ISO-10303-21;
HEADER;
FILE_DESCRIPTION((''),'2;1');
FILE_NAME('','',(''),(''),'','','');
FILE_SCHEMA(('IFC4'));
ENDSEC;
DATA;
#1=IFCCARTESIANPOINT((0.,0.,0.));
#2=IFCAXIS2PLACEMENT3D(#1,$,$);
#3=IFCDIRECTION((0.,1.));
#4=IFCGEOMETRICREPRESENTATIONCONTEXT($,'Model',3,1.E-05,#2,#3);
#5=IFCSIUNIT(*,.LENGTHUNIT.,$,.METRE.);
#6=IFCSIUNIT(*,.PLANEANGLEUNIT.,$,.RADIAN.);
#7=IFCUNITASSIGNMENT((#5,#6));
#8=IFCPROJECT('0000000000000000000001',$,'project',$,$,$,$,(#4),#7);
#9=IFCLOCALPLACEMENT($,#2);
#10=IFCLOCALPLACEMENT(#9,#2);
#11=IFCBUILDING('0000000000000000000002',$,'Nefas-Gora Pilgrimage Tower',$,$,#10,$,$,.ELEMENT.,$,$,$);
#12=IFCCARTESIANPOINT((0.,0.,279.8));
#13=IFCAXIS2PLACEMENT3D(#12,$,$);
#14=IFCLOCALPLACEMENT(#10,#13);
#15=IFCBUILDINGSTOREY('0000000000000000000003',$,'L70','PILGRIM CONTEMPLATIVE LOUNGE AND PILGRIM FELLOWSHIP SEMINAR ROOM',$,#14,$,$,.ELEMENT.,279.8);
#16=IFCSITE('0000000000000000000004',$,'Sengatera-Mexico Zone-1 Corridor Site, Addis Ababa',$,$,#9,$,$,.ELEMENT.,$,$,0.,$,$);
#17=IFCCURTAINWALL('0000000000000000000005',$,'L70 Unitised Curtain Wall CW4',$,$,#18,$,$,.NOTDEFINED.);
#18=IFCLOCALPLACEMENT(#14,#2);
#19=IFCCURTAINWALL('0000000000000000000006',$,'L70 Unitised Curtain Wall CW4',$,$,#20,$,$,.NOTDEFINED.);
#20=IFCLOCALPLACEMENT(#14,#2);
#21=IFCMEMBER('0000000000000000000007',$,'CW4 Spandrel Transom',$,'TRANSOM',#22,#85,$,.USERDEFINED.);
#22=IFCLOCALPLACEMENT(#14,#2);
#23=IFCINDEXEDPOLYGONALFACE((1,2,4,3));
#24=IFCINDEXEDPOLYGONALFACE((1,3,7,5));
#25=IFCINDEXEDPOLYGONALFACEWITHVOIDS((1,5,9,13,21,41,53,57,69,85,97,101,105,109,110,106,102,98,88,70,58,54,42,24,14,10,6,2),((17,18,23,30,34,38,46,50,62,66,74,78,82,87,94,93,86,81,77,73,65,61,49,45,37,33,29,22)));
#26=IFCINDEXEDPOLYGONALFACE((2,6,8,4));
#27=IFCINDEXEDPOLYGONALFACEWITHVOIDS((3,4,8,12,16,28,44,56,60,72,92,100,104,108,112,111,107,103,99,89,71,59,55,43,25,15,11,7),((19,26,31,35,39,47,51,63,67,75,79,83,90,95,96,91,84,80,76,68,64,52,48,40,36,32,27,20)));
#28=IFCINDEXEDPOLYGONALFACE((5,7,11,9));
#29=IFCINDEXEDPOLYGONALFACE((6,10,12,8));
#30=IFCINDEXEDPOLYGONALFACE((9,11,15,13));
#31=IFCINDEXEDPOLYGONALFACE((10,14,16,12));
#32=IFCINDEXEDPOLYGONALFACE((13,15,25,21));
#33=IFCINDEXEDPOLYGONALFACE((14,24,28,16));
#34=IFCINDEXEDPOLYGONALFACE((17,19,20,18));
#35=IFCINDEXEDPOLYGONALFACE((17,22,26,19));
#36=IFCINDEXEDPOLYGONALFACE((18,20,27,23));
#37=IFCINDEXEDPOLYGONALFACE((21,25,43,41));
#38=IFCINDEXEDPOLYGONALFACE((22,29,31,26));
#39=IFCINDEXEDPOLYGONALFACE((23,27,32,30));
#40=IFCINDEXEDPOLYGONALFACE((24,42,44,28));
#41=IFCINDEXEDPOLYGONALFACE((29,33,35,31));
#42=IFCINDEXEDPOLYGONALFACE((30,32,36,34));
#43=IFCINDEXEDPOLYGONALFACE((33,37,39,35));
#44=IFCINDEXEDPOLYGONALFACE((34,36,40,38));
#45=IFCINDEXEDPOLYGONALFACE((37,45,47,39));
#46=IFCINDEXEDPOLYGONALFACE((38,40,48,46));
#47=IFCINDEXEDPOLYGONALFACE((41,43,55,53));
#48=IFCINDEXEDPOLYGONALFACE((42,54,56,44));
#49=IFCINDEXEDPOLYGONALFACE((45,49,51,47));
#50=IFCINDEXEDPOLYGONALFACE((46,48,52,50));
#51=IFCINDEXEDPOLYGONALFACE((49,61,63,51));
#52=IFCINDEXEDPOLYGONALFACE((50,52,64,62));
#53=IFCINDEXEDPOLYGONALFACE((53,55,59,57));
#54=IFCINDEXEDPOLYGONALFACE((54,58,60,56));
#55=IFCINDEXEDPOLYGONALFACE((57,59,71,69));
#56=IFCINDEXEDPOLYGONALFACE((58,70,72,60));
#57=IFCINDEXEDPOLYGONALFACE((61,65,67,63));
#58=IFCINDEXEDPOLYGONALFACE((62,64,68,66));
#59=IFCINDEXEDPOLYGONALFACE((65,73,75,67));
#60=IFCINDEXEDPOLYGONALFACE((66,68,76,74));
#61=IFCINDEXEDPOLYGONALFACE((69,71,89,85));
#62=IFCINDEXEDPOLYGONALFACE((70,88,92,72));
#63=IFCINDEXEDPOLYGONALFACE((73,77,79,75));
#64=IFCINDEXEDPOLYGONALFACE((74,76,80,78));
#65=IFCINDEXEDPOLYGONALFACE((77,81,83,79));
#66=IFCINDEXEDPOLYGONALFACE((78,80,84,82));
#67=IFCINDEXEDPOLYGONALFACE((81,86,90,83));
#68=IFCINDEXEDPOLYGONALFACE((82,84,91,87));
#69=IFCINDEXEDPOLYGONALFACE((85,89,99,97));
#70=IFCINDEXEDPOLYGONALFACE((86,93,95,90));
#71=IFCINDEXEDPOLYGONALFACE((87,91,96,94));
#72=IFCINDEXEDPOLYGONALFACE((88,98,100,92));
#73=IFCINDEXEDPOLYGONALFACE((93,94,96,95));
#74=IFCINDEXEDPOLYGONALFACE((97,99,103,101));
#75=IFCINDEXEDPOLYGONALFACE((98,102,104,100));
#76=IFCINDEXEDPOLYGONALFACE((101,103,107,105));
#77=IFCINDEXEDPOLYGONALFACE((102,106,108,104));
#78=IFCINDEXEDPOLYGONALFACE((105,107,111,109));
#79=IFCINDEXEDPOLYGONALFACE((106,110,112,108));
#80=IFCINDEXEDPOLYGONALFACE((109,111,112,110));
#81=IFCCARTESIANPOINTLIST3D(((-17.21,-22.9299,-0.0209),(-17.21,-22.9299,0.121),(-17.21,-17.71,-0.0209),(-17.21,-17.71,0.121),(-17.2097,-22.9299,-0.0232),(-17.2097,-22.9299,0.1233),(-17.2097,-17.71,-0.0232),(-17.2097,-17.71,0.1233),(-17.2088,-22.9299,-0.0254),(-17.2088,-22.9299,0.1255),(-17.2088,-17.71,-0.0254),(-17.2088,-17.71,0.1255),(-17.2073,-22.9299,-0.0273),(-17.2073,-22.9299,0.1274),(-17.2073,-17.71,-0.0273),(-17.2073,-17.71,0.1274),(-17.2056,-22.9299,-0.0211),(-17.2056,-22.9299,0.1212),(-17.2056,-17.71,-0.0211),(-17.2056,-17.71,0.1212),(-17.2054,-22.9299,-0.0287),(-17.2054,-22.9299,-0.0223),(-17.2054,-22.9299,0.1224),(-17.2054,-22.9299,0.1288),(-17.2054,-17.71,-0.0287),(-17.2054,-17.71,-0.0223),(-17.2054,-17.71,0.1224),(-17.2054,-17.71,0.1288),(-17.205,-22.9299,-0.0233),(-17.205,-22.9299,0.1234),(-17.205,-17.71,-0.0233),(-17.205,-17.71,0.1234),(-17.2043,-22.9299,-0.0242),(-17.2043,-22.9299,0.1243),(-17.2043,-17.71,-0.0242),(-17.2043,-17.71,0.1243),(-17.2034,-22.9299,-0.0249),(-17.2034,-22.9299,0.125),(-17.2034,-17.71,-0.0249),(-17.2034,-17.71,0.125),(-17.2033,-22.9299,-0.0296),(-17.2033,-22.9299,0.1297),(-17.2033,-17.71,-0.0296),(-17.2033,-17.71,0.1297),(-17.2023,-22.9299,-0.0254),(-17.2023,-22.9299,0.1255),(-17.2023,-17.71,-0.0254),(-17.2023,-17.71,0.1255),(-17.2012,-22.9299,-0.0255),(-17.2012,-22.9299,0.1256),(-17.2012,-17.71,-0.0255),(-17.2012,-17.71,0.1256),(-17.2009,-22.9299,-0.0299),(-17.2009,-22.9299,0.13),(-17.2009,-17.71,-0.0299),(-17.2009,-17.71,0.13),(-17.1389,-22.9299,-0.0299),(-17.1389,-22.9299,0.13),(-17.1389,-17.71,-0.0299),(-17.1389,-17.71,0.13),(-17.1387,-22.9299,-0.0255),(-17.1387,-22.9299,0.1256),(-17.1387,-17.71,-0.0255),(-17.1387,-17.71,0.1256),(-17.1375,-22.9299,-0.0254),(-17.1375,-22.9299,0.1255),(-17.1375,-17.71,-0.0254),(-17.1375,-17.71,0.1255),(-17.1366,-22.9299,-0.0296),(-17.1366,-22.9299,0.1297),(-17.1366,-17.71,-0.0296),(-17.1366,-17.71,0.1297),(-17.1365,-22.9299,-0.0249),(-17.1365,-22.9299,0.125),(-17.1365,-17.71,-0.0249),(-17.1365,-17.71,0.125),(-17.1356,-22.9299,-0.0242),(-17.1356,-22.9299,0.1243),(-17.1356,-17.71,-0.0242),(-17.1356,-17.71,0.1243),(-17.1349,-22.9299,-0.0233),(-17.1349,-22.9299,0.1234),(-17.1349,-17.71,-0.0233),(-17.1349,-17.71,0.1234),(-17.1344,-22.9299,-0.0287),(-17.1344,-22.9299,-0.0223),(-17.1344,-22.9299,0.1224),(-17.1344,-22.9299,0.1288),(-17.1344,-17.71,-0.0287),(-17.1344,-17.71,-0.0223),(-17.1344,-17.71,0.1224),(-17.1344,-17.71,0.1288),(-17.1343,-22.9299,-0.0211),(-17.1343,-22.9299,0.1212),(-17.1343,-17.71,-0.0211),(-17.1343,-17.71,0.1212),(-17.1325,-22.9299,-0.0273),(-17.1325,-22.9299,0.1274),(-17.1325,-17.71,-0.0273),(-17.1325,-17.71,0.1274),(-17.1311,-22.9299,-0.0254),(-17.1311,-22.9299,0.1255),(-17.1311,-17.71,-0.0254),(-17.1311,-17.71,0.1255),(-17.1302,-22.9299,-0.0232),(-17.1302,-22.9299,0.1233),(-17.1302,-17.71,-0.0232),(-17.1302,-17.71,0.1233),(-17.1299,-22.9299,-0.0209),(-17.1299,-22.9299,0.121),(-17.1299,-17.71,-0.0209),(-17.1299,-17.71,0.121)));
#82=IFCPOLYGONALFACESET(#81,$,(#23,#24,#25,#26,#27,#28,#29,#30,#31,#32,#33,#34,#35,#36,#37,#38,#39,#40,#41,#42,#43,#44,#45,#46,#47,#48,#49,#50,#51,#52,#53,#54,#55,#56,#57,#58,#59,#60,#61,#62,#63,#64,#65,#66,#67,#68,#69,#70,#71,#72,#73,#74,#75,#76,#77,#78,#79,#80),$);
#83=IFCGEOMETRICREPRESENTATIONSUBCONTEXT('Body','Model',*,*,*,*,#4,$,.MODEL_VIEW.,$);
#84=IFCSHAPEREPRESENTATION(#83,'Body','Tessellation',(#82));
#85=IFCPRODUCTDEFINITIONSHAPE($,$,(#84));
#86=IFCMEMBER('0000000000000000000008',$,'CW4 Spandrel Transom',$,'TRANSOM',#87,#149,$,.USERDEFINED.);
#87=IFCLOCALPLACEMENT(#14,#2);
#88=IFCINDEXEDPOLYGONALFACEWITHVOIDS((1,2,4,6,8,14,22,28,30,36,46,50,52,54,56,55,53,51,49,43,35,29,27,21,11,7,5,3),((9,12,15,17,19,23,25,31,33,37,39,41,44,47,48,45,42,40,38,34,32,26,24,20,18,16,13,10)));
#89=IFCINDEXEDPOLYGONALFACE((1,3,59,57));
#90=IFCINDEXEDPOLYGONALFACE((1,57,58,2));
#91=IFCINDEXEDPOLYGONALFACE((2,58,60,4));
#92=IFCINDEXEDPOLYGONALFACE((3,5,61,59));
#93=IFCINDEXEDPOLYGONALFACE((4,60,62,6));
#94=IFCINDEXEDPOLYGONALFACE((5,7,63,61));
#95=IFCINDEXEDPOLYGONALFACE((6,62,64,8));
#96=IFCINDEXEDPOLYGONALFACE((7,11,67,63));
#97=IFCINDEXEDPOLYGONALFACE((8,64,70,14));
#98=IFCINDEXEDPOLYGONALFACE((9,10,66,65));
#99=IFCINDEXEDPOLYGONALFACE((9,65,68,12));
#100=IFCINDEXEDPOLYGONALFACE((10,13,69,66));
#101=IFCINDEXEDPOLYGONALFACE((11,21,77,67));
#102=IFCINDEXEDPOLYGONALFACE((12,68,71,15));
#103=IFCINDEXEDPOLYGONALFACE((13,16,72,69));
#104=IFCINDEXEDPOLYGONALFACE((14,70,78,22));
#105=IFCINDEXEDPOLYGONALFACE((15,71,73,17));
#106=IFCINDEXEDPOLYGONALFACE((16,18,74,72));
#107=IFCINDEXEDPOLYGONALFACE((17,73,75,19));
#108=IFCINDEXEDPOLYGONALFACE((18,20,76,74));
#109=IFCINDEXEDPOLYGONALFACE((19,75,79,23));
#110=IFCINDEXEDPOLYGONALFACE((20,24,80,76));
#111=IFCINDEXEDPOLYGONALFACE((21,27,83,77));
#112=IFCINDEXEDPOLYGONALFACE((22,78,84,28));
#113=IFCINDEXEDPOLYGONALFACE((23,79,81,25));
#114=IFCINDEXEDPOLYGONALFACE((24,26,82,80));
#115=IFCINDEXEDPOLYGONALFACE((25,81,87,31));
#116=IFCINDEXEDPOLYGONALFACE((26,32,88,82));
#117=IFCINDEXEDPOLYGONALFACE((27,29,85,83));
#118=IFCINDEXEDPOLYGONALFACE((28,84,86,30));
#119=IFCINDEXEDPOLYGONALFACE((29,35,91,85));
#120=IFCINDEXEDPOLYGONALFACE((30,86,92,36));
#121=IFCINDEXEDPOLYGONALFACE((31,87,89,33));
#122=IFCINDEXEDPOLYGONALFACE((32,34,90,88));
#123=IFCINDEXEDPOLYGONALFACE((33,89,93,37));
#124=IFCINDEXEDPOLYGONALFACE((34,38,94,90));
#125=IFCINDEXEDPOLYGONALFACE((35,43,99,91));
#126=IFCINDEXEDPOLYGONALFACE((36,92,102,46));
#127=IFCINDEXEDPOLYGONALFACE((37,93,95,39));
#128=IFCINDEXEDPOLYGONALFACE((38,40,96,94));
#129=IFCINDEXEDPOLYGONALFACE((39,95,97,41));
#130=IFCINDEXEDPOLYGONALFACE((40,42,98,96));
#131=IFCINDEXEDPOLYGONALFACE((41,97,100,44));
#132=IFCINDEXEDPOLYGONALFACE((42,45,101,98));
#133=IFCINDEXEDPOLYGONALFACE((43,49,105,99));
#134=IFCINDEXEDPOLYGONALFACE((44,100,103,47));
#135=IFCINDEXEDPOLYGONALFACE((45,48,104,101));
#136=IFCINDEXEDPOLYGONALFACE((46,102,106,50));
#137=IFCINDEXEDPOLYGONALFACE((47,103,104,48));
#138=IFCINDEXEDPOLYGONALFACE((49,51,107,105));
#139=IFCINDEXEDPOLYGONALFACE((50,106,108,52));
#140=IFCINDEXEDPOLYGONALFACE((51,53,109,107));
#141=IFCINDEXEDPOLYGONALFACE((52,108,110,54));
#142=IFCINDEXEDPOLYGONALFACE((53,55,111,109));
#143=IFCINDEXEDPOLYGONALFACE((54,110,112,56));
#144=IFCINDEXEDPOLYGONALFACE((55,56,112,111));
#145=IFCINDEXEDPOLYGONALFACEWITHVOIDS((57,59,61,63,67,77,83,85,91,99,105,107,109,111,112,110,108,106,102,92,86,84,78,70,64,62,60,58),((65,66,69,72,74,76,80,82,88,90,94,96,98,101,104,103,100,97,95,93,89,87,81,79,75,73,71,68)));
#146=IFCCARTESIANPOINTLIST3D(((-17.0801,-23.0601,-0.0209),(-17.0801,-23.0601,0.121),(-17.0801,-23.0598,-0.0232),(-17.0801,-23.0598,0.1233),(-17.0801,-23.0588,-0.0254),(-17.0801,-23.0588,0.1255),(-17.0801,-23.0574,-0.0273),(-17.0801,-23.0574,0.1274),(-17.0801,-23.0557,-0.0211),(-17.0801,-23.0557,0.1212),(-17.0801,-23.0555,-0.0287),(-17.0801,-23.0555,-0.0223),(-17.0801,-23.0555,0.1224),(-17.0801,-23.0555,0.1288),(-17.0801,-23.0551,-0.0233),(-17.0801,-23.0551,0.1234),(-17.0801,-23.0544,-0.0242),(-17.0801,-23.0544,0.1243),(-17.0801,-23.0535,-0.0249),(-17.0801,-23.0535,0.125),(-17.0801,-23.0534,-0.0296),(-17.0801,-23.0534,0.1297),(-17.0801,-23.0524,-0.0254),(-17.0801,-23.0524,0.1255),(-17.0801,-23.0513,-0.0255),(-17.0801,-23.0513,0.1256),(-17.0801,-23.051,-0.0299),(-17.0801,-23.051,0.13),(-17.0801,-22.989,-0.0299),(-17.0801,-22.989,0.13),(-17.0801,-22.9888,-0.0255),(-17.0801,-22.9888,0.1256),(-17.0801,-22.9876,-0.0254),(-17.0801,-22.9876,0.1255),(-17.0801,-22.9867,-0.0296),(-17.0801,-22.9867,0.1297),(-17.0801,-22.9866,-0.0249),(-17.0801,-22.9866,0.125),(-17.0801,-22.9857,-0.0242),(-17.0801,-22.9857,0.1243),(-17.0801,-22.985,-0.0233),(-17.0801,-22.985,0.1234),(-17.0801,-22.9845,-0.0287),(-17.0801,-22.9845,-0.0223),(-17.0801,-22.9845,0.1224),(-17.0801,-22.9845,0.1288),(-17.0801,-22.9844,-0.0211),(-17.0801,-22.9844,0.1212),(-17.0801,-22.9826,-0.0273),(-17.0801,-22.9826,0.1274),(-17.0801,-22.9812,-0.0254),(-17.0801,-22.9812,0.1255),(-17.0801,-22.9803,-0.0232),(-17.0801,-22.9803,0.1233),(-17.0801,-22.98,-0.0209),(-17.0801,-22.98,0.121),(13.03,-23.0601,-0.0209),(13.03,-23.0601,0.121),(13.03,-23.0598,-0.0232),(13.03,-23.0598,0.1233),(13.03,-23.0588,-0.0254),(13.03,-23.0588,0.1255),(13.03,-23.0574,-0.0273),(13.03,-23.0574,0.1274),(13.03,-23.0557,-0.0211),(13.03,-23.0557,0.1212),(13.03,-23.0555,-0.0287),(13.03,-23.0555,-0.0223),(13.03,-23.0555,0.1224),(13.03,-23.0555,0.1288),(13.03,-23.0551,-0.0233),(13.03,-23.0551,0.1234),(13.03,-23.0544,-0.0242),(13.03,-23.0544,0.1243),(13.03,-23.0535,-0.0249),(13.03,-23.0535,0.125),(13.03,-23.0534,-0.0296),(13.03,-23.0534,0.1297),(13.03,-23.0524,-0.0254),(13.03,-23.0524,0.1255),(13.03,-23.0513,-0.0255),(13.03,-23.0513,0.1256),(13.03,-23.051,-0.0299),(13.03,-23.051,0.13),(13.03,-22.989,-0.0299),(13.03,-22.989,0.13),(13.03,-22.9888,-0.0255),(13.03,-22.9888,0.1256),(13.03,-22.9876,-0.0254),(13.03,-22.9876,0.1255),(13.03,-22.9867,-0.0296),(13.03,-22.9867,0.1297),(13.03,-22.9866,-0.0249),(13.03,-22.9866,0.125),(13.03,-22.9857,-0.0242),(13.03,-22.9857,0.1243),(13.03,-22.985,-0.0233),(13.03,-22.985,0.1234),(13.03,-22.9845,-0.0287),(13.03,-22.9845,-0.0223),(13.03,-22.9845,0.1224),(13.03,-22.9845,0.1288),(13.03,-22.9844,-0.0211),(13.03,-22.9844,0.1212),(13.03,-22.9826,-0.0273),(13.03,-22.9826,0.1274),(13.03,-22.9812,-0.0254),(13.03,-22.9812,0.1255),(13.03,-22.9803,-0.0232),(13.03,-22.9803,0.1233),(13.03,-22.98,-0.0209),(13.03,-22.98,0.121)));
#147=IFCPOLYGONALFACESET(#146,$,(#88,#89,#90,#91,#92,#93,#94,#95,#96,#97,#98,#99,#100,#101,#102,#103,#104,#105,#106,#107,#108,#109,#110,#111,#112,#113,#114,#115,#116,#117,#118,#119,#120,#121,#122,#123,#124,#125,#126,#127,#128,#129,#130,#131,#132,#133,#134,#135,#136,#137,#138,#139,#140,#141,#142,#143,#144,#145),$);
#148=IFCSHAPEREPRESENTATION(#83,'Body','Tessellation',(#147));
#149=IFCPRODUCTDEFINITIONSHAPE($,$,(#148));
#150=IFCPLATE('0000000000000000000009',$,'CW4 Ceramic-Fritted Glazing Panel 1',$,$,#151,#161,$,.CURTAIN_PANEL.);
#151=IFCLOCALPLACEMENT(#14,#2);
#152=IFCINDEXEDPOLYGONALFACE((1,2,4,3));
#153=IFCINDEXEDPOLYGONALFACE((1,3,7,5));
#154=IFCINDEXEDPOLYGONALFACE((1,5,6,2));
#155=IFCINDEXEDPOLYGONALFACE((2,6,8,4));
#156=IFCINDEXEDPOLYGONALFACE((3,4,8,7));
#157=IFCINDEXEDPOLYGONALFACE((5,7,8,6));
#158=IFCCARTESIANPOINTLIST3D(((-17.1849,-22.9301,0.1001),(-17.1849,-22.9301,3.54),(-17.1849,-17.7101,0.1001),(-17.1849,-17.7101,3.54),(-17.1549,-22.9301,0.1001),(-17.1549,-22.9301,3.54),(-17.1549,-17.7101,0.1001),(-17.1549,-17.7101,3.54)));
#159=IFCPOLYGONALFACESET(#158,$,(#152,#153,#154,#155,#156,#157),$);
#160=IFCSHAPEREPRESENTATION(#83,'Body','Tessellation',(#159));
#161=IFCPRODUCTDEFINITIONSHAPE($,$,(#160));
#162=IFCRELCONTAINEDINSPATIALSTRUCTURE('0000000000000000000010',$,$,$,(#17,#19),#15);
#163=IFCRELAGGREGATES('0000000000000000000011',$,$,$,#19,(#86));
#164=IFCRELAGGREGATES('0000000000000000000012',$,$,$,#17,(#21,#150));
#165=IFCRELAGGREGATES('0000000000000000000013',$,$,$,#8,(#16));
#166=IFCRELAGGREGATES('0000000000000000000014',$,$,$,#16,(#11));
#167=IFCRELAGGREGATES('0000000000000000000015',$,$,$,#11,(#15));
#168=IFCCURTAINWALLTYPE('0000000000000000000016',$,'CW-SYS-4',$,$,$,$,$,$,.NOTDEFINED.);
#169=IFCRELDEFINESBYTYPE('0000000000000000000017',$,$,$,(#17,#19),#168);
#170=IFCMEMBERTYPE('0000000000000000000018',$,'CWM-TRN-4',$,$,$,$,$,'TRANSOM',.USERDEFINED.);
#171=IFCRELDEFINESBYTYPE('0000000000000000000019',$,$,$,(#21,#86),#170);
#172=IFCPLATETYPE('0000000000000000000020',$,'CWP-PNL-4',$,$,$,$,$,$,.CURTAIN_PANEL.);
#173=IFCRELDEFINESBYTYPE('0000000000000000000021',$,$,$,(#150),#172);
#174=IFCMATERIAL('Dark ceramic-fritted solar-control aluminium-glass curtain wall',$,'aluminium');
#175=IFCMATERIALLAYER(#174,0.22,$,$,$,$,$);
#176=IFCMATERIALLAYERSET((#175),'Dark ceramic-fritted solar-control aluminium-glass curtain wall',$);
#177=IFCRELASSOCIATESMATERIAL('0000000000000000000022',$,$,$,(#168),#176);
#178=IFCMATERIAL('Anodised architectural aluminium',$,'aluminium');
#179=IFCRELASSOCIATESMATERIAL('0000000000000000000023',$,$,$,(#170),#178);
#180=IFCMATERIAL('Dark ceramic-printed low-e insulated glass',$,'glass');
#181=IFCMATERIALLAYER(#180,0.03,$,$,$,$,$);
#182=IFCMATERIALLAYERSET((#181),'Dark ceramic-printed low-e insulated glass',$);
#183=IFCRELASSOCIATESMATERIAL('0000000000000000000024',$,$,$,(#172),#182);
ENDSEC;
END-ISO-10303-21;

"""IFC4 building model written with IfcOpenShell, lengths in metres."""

from ifc_helpers import new_model, si_unit, direction, frame, origin, origin_2d, place, context, subcontext, project, spatial, rectangle, hollow_rectangle, extrude, source, transform, mapped, material, layer, layer_set, material_profile, profile_set, type_object, element, aggregate, save


model = new_model("IFC4")

# Units and contexts
model_context = context("Model", 3, precision=1e-05, world=origin(), true_north=direction((0.0, 1.0)))
body_context = subcontext(model_context, "Body", "Model", "MODEL_VIEW")
ifc_project = project(units=[si_unit("LENGTHUNIT", "METRE"), si_unit("PLANEANGLEUNIT", "RADIAN")], contexts=[model_context])

# Site, building, storey
site_placement = place(None, origin())
site = spatial("IfcSite", under=ifc_project, at=site_placement, Name="Sengatera-Mexico Zone-1 Corridor Site, Addis Ababa", CompositionType="ELEMENT", RefElevation=0.0)
building_placement = place(site_placement, origin())
building = spatial("IfcBuilding", under=site, at=building_placement, Name="Nefas-Gora Pilgrimage Tower", CompositionType="ELEMENT")
storey_placement = place(building_placement, frame((0.0, 0.0, 279.8)))
storey = spatial("IfcBuildingStorey", under=building, at=storey_placement, Name="L70", Description="PILGRIM CONTEMPLATIVE LOUNGE AND PILGRIM FELLOWSHIP SEMINAR ROOM", CompositionType="ELEMENT", Elevation=279.8)

# Shared definitions
ifc_material_1 = material(Name="Dark ceramic-fritted solar-control aluminium-glass curtain wall", Category="aluminium")
ifc_layer_1 = layer(ifc_material_1, 0.22)
ifc_layer_set_1 = layer_set([ifc_layer_1], Name="Dark ceramic-fritted solar-control aluminium-glass curtain wall")
curtain_wall_type = type_object("IfcCurtainWallType", Name="CW-SYS-4", PredefinedType="NOTDEFINED", material=ifc_layer_set_1)
ifc_material_2 = material(Name="Anodised architectural aluminium", Category="aluminium")

# Curtain wall
curtain_wall_1_placement = place(storey_placement, origin())
curtain_wall_1 = element("IfcCurtainWall", 1, at=curtain_wall_1_placement, inside=storey, type_object=curtain_wall_type, Name="L70 Unitised Curtain Wall CW4", PredefinedType="NOTDEFINED")

# Curtain wall
curtain_wall_2_placement = place(storey_placement, origin())
curtain_wall_2 = element("IfcCurtainWall", 2, at=curtain_wall_2_placement, inside=storey, type_object=curtain_wall_type, Name="L70 Unitised Curtain Wall CW4", PredefinedType="NOTDEFINED")

# Members
ifc_material_profile_1 = material_profile(ifc_material_2, hollow_rectangle(XDim=0.0801, YDim=0.1599, WallThickness=0.0044, InnerFilletRadius=0.0044, OuterFilletRadius=0.009, at=origin_2d()), Name="ALU TRANSOM 80x160")
ifc_profile_set_1 = profile_set([ifc_material_profile_1], Name="Anodised architectural aluminium")
member_type_1 = type_object("IfcMemberType", Name="CWM-TRN-4", ElementType="TRANSOM", PredefinedType="USERDEFINED", material=ifc_profile_set_1)
shared_shape_1 = source(origin(), body_context, "Body", "SweptSolid", [
    extrude(hollow_rectangle(XDim=0.0801, YDim=0.1599, WallThickness=0.0044, InnerFilletRadius=0.0044, OuterFilletRadius=0.009, at=origin_2d()), origin(), (0.0, 0.0, 1.0), 5.22),
])
member_1_placement = place(storey_placement, frame((-17.1699, -17.71, 0.05), z_axis=(0.0, -1.0, 0.0), x_axis=(1.0, 0.0, 0.0)))
member_1 = element("IfcMember", 3, at=member_1_placement, type_object=member_type_1, Name="CW4 Spandrel Transom", ObjectType="TRANSOM", PredefinedType="USERDEFINED", context=body_context, shape_type="MappedRepresentation", body=[
    mapped(shared_shape_1, transform((0.0, 0.0, 0.0), x_axis=(1.0, 0.0, 0.0), y_axis=(0.0, 1.0, 0.0), z_axis=(0.0, 0.0, 1.0), scale=1.0)),
])
shared_shape_2 = source(origin(), body_context, "Body", "SweptSolid", [
    extrude(hollow_rectangle(XDim=0.0801, YDim=0.1599, WallThickness=0.0044, InnerFilletRadius=0.0044, OuterFilletRadius=0.009, at=origin_2d()), origin(), (0.0, 0.0, 1.0), 30.1101),
])
member_2_placement = place(storey_placement, frame((-17.0801, -23.02, 0.05), z_axis=(1.0, 0.0, 0.0), x_axis=(0.0, 1.0, 0.0)))
member_2 = element("IfcMember", 4, at=member_2_placement, type_object=member_type_1, Name="CW4 Spandrel Transom", ObjectType="TRANSOM", PredefinedType="USERDEFINED", context=body_context, shape_type="MappedRepresentation", body=[
    mapped(shared_shape_2, transform((0.0, 0.0, 0.0), x_axis=(1.0, 0.0, 0.0), y_axis=(0.0, 1.0, 0.0), z_axis=(0.0, 0.0, 1.0), scale=1.0)),
])
aggregate(curtain_wall_2, [member_2])

# Plate
ifc_material_3 = material(Name="Dark ceramic-printed low-e insulated glass", Category="glass")
ifc_layer_2 = layer(ifc_material_3, 0.03)
ifc_layer_set_2 = layer_set([ifc_layer_2], Name="Dark ceramic-printed low-e insulated glass")
plate_type = type_object("IfcPlateType", Name="CWP-PNL-4", PredefinedType="CURTAIN_PANEL", material=ifc_layer_set_2)
shared_shape_3 = source(origin(), body_context, "Body", "SweptSolid", [
    extrude(rectangle(XDim=5.22, YDim=0.03, at=origin_2d()), origin(), (0.0, 0.0, 1.0), 3.4399),
])
plate_placement = place(storey_placement, frame((-17.1699, -20.3201, 0.1001), z_axis=(0.0, 0.0, 1.0), x_axis=(0.0, -1.0, 0.0)))
plate = element("IfcPlate", 5, at=plate_placement, type_object=plate_type, Name="CW4 Ceramic-Fritted Glazing Panel 1", PredefinedType="CURTAIN_PANEL", context=body_context, shape_type="MappedRepresentation", body=[
    mapped(shared_shape_3, transform((0.0, 0.0, 0.0), x_axis=(1.0, 0.0, 0.0), y_axis=(0.0, 1.0, 0.0), z_axis=(0.0, 0.0, 1.0), scale=1.0)),
])
aggregate(curtain_wall_1, [member_1, plate])

save(model, "model.ifc")
